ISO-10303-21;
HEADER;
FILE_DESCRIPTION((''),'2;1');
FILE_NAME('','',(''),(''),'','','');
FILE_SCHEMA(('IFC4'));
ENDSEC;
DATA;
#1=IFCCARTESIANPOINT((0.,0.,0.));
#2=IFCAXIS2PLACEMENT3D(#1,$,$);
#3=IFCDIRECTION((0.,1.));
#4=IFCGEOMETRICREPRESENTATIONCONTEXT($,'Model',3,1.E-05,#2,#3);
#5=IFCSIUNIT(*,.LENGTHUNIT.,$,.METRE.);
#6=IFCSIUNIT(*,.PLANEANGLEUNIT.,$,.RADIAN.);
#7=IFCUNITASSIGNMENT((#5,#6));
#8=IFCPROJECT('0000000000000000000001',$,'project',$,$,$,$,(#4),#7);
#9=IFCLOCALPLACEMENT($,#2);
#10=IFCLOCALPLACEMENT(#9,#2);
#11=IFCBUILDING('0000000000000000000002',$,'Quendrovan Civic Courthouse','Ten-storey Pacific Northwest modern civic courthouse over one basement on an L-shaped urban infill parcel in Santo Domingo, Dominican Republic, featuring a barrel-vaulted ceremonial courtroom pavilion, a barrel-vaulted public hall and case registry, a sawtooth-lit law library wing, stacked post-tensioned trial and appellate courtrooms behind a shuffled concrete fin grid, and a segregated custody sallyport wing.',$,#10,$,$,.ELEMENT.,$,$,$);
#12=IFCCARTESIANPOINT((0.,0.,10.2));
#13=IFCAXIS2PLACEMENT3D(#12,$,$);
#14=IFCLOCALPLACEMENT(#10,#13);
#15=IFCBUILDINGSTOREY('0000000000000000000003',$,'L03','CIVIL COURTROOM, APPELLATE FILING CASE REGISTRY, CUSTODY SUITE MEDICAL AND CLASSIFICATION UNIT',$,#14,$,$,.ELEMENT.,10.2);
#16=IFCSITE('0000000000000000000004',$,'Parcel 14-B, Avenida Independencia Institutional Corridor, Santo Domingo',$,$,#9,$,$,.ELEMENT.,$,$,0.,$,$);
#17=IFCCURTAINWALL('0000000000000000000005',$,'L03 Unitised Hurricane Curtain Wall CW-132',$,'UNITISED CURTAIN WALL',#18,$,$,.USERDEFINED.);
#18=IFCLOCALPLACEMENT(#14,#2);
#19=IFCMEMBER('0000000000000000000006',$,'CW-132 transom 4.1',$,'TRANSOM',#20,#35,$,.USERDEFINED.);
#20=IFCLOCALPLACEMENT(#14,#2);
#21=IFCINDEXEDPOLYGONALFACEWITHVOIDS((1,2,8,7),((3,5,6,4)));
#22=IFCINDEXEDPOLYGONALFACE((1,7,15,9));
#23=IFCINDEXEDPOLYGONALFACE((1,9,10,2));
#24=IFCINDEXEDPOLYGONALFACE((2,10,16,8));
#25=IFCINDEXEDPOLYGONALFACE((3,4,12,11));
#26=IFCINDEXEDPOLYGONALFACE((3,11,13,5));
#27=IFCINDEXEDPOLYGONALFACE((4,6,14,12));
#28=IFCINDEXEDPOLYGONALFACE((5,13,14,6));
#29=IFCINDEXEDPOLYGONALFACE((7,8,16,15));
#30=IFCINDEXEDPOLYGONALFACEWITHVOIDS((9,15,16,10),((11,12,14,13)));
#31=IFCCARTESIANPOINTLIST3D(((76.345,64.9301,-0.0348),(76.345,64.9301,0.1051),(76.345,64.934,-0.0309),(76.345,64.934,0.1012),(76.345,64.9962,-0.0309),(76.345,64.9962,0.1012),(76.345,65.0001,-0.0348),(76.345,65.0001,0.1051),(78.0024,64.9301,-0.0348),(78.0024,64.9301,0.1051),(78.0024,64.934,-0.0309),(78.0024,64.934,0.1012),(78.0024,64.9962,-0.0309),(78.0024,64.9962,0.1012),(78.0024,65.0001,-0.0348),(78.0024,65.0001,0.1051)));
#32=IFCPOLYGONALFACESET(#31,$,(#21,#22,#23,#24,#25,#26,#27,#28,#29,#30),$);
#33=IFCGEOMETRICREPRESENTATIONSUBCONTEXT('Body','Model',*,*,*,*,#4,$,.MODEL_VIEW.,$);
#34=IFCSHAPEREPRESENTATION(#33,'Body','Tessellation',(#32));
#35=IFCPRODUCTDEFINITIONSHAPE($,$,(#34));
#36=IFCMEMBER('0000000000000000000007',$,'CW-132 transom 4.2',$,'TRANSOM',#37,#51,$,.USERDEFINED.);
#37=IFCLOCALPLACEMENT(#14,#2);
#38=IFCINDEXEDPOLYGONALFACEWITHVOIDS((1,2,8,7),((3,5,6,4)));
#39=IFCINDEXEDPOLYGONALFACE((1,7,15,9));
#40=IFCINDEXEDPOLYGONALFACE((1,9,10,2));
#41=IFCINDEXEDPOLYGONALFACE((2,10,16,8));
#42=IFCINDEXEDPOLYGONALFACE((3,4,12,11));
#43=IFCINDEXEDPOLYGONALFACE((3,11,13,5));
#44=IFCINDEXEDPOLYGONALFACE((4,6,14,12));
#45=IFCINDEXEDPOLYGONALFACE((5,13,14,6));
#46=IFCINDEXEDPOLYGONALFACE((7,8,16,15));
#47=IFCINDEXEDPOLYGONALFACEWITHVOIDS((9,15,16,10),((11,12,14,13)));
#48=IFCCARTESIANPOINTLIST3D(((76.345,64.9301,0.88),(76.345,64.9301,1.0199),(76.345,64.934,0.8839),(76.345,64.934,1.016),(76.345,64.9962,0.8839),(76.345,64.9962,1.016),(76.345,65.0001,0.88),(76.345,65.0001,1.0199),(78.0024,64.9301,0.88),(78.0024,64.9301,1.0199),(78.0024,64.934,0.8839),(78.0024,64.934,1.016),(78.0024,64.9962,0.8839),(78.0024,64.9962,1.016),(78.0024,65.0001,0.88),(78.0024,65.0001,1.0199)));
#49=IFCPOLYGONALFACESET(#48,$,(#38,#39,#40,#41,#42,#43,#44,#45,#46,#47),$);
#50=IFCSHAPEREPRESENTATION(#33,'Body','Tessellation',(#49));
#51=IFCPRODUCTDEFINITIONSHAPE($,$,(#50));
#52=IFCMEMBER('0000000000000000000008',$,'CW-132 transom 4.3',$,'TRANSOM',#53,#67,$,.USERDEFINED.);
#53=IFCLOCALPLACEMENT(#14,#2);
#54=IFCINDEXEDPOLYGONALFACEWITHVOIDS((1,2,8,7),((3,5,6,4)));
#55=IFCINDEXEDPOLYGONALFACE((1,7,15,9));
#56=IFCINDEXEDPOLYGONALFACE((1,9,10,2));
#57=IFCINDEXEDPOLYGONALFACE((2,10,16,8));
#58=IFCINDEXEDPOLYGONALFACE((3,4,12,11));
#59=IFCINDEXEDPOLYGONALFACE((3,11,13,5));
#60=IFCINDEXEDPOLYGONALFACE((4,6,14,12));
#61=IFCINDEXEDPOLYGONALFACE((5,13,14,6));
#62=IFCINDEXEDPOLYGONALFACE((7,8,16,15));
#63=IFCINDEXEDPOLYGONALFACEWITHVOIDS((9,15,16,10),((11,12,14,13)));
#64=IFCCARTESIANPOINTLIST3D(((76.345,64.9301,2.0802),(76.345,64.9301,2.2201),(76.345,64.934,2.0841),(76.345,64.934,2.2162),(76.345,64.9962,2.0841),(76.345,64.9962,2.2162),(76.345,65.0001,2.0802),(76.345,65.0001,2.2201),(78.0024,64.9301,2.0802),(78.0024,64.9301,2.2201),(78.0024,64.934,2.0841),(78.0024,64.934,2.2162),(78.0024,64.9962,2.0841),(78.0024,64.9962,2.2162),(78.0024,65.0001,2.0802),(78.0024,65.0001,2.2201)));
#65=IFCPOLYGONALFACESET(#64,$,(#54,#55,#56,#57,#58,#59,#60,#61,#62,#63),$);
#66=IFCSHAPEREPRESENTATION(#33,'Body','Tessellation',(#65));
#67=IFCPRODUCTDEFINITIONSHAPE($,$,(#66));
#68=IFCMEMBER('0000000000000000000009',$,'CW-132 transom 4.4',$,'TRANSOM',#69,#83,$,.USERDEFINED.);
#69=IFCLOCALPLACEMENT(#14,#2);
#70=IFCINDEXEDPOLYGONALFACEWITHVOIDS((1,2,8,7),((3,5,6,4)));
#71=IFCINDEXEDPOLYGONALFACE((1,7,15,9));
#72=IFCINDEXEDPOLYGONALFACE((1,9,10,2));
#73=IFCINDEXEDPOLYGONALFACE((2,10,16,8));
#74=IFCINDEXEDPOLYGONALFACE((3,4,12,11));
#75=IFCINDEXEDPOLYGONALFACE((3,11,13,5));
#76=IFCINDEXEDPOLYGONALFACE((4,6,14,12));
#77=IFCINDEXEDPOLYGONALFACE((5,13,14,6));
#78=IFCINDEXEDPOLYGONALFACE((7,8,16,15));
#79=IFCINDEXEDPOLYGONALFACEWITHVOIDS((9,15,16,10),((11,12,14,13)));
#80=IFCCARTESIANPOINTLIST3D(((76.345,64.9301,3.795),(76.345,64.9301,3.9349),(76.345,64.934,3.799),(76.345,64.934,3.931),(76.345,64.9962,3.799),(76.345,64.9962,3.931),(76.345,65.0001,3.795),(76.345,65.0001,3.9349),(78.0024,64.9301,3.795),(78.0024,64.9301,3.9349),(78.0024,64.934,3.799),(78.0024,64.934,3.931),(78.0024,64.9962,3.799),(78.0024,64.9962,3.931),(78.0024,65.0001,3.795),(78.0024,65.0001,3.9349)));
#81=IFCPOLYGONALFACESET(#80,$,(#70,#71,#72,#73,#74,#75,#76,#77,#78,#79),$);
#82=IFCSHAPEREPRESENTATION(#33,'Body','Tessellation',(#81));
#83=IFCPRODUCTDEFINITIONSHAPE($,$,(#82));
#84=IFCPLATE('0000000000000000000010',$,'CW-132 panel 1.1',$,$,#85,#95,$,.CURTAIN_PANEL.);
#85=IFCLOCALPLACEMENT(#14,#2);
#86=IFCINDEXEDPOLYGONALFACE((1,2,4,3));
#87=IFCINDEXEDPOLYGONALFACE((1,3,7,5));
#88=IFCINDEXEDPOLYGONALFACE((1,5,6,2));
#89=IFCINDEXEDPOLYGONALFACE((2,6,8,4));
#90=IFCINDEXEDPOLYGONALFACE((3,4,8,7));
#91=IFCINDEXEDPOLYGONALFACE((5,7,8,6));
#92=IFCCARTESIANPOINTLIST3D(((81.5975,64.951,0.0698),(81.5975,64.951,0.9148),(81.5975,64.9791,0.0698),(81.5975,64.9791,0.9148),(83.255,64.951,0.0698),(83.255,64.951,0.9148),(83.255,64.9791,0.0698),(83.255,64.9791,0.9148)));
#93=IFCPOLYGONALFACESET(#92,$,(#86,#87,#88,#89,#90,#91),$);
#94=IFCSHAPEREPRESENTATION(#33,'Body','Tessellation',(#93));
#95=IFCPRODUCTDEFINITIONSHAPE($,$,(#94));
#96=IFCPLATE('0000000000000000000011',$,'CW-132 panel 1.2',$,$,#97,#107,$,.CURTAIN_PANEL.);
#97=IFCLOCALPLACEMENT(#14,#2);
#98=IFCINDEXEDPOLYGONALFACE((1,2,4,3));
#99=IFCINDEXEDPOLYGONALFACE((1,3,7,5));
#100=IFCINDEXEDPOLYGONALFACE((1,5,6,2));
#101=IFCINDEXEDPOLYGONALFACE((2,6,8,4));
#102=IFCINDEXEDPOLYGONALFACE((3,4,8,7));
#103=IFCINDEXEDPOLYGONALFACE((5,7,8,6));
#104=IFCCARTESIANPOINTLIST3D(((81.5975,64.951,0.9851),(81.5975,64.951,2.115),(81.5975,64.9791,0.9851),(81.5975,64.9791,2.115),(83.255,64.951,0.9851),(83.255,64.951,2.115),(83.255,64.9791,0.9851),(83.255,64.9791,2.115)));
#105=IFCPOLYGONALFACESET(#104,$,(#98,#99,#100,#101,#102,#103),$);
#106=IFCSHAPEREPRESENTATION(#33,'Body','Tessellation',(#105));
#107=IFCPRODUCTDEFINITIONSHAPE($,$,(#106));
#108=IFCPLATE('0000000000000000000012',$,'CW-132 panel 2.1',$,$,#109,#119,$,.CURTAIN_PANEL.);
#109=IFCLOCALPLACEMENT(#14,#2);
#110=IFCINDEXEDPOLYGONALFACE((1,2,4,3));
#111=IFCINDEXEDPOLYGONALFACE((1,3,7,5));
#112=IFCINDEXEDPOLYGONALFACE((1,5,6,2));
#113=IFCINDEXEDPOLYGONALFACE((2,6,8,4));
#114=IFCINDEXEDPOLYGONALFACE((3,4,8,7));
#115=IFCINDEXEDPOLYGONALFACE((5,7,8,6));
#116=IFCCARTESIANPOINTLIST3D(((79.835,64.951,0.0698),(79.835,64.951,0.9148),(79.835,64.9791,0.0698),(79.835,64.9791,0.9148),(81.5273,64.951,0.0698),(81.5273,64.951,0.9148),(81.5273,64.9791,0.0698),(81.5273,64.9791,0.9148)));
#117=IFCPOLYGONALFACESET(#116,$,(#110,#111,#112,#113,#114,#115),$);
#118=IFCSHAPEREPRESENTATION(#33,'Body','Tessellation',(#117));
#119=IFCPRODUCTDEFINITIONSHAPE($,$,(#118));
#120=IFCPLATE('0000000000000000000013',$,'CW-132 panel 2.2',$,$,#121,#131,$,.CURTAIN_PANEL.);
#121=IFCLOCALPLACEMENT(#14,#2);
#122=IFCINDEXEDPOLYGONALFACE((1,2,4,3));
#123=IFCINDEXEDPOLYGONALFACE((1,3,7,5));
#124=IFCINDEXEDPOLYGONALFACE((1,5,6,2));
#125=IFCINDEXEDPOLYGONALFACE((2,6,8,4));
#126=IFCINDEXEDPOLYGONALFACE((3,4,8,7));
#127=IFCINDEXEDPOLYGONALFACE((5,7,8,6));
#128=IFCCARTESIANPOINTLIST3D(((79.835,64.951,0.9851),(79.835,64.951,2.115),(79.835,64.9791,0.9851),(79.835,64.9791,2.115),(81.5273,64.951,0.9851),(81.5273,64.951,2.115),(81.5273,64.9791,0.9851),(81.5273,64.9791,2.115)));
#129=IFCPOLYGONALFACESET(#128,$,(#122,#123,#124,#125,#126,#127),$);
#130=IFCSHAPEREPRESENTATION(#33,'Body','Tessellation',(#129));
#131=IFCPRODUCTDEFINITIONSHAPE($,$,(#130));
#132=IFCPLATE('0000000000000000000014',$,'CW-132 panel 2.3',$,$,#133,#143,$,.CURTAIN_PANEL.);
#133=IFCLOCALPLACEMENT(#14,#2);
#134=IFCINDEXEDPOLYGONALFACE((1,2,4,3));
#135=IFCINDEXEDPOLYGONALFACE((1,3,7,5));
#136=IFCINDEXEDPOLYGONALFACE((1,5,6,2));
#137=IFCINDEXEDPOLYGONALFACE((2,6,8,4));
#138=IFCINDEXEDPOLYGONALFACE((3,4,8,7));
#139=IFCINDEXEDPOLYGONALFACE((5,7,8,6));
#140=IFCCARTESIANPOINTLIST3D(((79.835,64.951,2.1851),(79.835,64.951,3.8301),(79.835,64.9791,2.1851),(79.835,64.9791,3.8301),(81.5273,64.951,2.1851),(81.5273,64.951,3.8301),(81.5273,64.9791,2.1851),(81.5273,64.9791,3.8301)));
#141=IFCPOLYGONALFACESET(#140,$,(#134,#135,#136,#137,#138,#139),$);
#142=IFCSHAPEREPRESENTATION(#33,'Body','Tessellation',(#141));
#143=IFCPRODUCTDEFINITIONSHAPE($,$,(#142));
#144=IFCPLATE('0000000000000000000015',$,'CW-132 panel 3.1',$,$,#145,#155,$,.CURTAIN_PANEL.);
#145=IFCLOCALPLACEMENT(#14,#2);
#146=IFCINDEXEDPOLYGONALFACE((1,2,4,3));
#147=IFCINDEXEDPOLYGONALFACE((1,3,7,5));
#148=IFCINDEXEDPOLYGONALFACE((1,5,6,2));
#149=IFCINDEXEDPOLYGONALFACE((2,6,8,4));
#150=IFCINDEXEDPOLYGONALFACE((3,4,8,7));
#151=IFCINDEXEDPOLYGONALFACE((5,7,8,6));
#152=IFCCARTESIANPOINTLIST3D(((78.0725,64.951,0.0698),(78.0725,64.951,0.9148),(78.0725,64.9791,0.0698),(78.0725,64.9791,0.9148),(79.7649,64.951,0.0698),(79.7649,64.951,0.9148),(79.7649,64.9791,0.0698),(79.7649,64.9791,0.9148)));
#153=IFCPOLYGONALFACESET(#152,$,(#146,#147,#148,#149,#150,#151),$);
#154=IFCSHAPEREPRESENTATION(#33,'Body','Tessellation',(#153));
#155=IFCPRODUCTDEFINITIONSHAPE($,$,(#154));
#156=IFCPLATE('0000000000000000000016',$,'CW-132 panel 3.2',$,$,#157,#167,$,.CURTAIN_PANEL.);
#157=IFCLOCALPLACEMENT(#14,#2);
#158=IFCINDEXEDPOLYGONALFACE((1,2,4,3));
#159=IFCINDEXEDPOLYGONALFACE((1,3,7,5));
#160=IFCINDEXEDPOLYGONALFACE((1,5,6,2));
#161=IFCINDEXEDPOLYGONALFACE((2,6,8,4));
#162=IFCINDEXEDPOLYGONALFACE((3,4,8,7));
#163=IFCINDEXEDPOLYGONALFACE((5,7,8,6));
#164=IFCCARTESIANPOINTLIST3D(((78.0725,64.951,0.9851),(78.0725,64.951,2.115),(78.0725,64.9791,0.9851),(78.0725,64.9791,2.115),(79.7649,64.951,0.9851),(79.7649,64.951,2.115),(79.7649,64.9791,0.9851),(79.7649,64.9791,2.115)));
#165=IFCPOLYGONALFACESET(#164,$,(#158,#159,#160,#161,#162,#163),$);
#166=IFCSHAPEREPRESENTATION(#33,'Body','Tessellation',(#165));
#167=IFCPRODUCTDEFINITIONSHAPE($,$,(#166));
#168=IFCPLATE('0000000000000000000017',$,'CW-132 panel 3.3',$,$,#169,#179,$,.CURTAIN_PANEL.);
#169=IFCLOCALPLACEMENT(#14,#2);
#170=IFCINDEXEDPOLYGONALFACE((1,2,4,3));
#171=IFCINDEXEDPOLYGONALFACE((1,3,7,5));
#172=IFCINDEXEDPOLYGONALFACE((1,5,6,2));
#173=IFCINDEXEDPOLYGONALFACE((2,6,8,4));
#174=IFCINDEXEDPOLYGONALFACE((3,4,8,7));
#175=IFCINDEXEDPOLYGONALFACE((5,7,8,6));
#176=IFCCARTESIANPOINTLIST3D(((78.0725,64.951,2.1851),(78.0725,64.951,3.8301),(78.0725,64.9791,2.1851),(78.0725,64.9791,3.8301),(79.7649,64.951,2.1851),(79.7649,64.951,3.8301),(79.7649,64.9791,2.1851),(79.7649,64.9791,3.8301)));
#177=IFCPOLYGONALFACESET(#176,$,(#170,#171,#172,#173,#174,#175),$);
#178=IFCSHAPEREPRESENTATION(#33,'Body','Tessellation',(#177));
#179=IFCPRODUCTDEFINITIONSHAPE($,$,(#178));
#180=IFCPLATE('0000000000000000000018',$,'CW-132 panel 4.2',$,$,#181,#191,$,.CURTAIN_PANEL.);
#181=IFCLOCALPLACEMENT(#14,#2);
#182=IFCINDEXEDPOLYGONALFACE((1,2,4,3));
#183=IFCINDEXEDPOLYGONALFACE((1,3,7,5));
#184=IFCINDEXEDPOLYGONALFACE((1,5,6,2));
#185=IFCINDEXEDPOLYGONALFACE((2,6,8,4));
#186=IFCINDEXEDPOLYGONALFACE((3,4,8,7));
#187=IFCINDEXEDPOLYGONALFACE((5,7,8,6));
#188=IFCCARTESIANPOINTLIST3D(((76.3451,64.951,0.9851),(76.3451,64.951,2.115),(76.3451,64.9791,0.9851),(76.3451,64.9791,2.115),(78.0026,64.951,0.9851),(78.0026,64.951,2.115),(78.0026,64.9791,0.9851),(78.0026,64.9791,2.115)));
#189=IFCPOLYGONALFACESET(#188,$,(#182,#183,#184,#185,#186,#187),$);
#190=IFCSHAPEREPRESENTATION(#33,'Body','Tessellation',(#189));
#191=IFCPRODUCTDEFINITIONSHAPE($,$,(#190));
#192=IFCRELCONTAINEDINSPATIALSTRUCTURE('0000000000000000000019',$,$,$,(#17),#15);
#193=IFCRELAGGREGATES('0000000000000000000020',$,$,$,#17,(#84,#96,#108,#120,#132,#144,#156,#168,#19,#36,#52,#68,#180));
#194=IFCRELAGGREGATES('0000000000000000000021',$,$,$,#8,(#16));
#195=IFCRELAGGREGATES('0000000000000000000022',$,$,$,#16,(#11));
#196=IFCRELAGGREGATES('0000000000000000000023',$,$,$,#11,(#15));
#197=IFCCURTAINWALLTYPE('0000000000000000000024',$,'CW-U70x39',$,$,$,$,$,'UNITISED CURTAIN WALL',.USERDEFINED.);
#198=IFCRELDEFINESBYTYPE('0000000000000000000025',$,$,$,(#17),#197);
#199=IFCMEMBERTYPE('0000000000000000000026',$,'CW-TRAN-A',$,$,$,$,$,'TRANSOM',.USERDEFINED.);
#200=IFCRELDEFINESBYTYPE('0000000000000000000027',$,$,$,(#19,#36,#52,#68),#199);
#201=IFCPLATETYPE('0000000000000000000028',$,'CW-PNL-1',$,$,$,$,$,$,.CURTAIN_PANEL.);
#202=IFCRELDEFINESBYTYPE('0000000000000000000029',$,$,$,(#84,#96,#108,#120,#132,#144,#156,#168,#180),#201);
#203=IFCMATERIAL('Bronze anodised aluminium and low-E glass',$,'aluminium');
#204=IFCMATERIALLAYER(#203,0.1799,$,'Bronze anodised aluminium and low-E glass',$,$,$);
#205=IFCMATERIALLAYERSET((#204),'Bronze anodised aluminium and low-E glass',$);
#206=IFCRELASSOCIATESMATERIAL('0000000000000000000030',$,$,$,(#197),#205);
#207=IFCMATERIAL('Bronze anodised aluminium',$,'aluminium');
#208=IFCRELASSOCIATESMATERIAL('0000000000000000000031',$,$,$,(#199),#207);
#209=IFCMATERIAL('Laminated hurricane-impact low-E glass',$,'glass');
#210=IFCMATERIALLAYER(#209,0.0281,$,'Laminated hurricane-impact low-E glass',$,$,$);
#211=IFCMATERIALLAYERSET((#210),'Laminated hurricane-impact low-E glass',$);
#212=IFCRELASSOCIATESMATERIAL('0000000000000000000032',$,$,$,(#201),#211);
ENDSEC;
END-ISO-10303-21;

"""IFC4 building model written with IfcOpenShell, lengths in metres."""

from ifc_helpers import new_model, si_unit, direction, frame, origin, origin_2d, place, context, subcontext, project, spatial, rectangle, hollow_rectangle, extrude, material, layer, layer_set, material_profile, profile_set, type_object, element, aggregate, save


model = new_model("IFC4")

# Units and contexts
model_context = context("Model", 3, precision=1e-05, world=origin(), true_north=direction((0.0, 1.0)))
body_context = subcontext(model_context, "Body", "Model", "MODEL_VIEW")
ifc_project = project(units=[si_unit("LENGTHUNIT", "METRE"), si_unit("PLANEANGLEUNIT", "RADIAN")], contexts=[model_context])

# Site, building, storey
site_placement = place(None, origin())
site = spatial("IfcSite", under=ifc_project, at=site_placement, Name="Parcel 14-B, Avenida Independencia Institutional Corridor, Santo Domingo", CompositionType="ELEMENT", RefElevation=0.0)
building_placement = place(site_placement, origin())
building = spatial("IfcBuilding", under=site, at=building_placement, Name="Quendrovan Civic Courthouse", Description="Ten-storey Pacific Northwest modern civic courthouse over one basement on an L-shaped urban infill parcel in Santo Domingo, Dominican Republic, featuring a barrel-vaulted ceremonial courtroom pavilion, a barrel-vaulted public hall and case registry, a sawtooth-lit law library wing, stacked post-tensioned trial and appellate courtrooms behind a shuffled concrete fin grid, and a segregated custody sallyport wing.", CompositionType="ELEMENT")
storey_placement = place(building_placement, frame((0.0, 0.0, 10.2)))
storey = spatial("IfcBuildingStorey", under=building, at=storey_placement, Name="L03", Description="CIVIL COURTROOM, APPELLATE FILING CASE REGISTRY, CUSTODY SUITE MEDICAL AND CLASSIFICATION UNIT", CompositionType="ELEMENT", Elevation=10.2)

# Curtain wall, members, plates
ifc_material_1 = material(Name="Bronze anodised aluminium and low-E glass", Category="aluminium")
ifc_layer_1 = layer(ifc_material_1, 0.1799, Name="Bronze anodised aluminium and low-E glass")
ifc_layer_set_1 = layer_set([ifc_layer_1], Name="Bronze anodised aluminium and low-E glass")
curtain_wall_type = type_object("IfcCurtainWallType", Name="CW-U70x39", ElementType="UNITISED CURTAIN WALL", PredefinedType="USERDEFINED", material=ifc_layer_set_1)
curtain_wall_placement = place(storey_placement, origin())
curtain_wall = element("IfcCurtainWall", 1, at=curtain_wall_placement, inside=storey, type_object=curtain_wall_type, Name="L03 Unitised Hurricane Curtain Wall CW-132", ObjectType="UNITISED CURTAIN WALL", PredefinedType="USERDEFINED")
ifc_material_2 = material(Name="Bronze anodised aluminium", Category="aluminium")
ifc_material_profile_1 = material_profile(ifc_material_2, hollow_rectangle(XDim=0.0701, YDim=0.1399, WallThickness=0.0039, at=origin_2d()), Name="CW-TRAN-70x140")
ifc_profile_set_1 = profile_set([ifc_material_profile_1], Name="Bronze anodised aluminium")
member_type_1 = type_object("IfcMemberType", Name="CW-TRAN-A", ElementType="TRANSOM", PredefinedType="USERDEFINED", material=ifc_profile_set_1)
member_1_placement = place(storey_placement, frame((78.0024, 64.9651, 0.0352), z_axis=(-1.0, 0.0, 0.0), x_axis=(0.0, -1.0, 0.0)))
member_1 = element("IfcMember", 2, at=member_1_placement, type_object=member_type_1, Name="CW-132 transom 4.1", ObjectType="TRANSOM", PredefinedType="USERDEFINED", context=body_context, shape_type="SweptSolid", body=[
    extrude(hollow_rectangle(XDim=0.0701, YDim=0.1399, WallThickness=0.0039, at=origin_2d()), origin(), (0.0, 0.0, 1.0), 1.6575),
])
member_2_placement = place(storey_placement, frame((78.0024, 64.9651, 0.95), z_axis=(-1.0, 0.0, 0.0), x_axis=(0.0, -1.0, 0.0)))
member_2 = element("IfcMember", 3, at=member_2_placement, type_object=member_type_1, Name="CW-132 transom 4.2", ObjectType="TRANSOM", PredefinedType="USERDEFINED", context=body_context, shape_type="SweptSolid", body=[
    extrude(hollow_rectangle(XDim=0.0701, YDim=0.1399, WallThickness=0.0039, at=origin_2d()), origin(), (0.0, 0.0, 1.0), 1.6575),
])
member_3_placement = place(storey_placement, frame((78.0024, 64.9651, 2.1501), z_axis=(-1.0, 0.0, 0.0), x_axis=(0.0, -1.0, 0.0)))
member_3 = element("IfcMember", 4, at=member_3_placement, type_object=member_type_1, Name="CW-132 transom 4.3", ObjectType="TRANSOM", PredefinedType="USERDEFINED", context=body_context, shape_type="SweptSolid", body=[
    extrude(hollow_rectangle(XDim=0.0701, YDim=0.1399, WallThickness=0.0039, at=origin_2d()), origin(), (0.0, 0.0, 1.0), 1.6575),
])
member_4_placement = place(storey_placement, frame((78.0024, 64.9651, 3.865), z_axis=(-1.0, 0.0, 0.0), x_axis=(0.0, -1.0, 0.0)))
member_4 = element("IfcMember", 5, at=member_4_placement, type_object=member_type_1, Name="CW-132 transom 4.4", ObjectType="TRANSOM", PredefinedType="USERDEFINED", context=body_context, shape_type="SweptSolid", body=[
    extrude(hollow_rectangle(XDim=0.0701, YDim=0.1399, WallThickness=0.0039, at=origin_2d()), origin(), (0.0, 0.0, 1.0), 1.6575),
])
ifc_material_3 = material(Name="Laminated hurricane-impact low-E glass", Category="glass")
ifc_layer_2 = layer(ifc_material_3, 0.0281, Name="Laminated hurricane-impact low-E glass")
ifc_layer_set_2 = layer_set([ifc_layer_2], Name="Laminated hurricane-impact low-E glass")
plate_type = type_object("IfcPlateType", Name="CW-PNL-1", PredefinedType="CURTAIN_PANEL", material=ifc_layer_set_2)
plate_1_placement = place(storey_placement, frame((82.4263, 64.9651, 0.0698), z_axis=(0.0, 0.0, 1.0), x_axis=(-1.0, 0.0, 0.0)))
plate_1 = element("IfcPlate", 6, at=plate_1_placement, type_object=plate_type, Name="CW-132 panel 1.1", PredefinedType="CURTAIN_PANEL", context=body_context, shape_type="SweptSolid", body=[
    extrude(rectangle(XDim=1.6575, YDim=0.0281, at=origin_2d()), origin(), (0.0, 0.0, 1.0), 0.845),
])
plate_2_placement = place(storey_placement, frame((82.4263, 64.9651, 0.9851), z_axis=(0.0, 0.0, 1.0), x_axis=(-1.0, 0.0, 0.0)))
plate_2 = element("IfcPlate", 7, at=plate_2_placement, type_object=plate_type, Name="CW-132 panel 1.2", PredefinedType="CURTAIN_PANEL", context=body_context, shape_type="SweptSolid", body=[
    extrude(rectangle(XDim=1.6575, YDim=0.0281, at=origin_2d()), origin(), (0.0, 0.0, 1.0), 1.1299),
])
plate_3_placement = place(storey_placement, frame((80.6812, 64.9651, 0.0698), z_axis=(0.0, 0.0, 1.0), x_axis=(-1.0, 0.0, 0.0)))
plate_3 = element("IfcPlate", 8, at=plate_3_placement, type_object=plate_type, Name="CW-132 panel 2.1", PredefinedType="CURTAIN_PANEL", context=body_context, shape_type="SweptSolid", body=[
    extrude(rectangle(XDim=1.6924, YDim=0.0281, at=origin_2d()), origin(), (0.0, 0.0, 1.0), 0.845),
])
plate_4_placement = place(storey_placement, frame((80.6812, 64.9651, 0.9851), z_axis=(0.0, 0.0, 1.0), x_axis=(-1.0, 0.0, 0.0)))
plate_4 = element("IfcPlate", 9, at=plate_4_placement, type_object=plate_type, Name="CW-132 panel 2.2", PredefinedType="CURTAIN_PANEL", context=body_context, shape_type="SweptSolid", body=[
    extrude(rectangle(XDim=1.6924, YDim=0.0281, at=origin_2d()), origin(), (0.0, 0.0, 1.0), 1.1299),
])
plate_5_placement = place(storey_placement, frame((80.6812, 64.9651, 2.1851), z_axis=(0.0, 0.0, 1.0), x_axis=(-1.0, 0.0, 0.0)))
plate_5 = element("IfcPlate", 10, at=plate_5_placement, type_object=plate_type, Name="CW-132 panel 2.3", PredefinedType="CURTAIN_PANEL", context=body_context, shape_type="SweptSolid", body=[
    extrude(rectangle(XDim=1.6924, YDim=0.0281, at=origin_2d()), origin(), (0.0, 0.0, 1.0), 1.645),
])
plate_6_placement = place(storey_placement, frame((78.9187, 64.9651, 0.0698), z_axis=(0.0, 0.0, 1.0), x_axis=(-1.0, 0.0, 0.0)))
plate_6 = element("IfcPlate", 11, at=plate_6_placement, type_object=plate_type, Name="CW-132 panel 3.1", PredefinedType="CURTAIN_PANEL", context=body_context, shape_type="SweptSolid", body=[
    extrude(rectangle(XDim=1.6924, YDim=0.0281, at=origin_2d()), origin(), (0.0, 0.0, 1.0), 0.845),
])
plate_7_placement = place(storey_placement, frame((78.9187, 64.9651, 0.9851), z_axis=(0.0, 0.0, 1.0), x_axis=(-1.0, 0.0, 0.0)))
plate_7 = element("IfcPlate", 12, at=plate_7_placement, type_object=plate_type, Name="CW-132 panel 3.2", PredefinedType="CURTAIN_PANEL", context=body_context, shape_type="SweptSolid", body=[
    extrude(rectangle(XDim=1.6924, YDim=0.0281, at=origin_2d()), origin(), (0.0, 0.0, 1.0), 1.1299),
])
plate_8_placement = place(storey_placement, frame((78.9187, 64.9651, 2.1851), z_axis=(0.0, 0.0, 1.0), x_axis=(-1.0, 0.0, 0.0)))
plate_8 = element("IfcPlate", 13, at=plate_8_placement, type_object=plate_type, Name="CW-132 panel 3.3", PredefinedType="CURTAIN_PANEL", context=body_context, shape_type="SweptSolid", body=[
    extrude(rectangle(XDim=1.6924, YDim=0.0281, at=origin_2d()), origin(), (0.0, 0.0, 1.0), 1.645),
])
plate_9_placement = place(storey_placement, frame((77.1738, 64.9651, 0.9851), z_axis=(0.0, 0.0, 1.0), x_axis=(-1.0, 0.0, 0.0)))
plate_9 = element("IfcPlate", 14, at=plate_9_placement, type_object=plate_type, Name="CW-132 panel 4.2", PredefinedType="CURTAIN_PANEL", context=body_context, shape_type="SweptSolid", body=[
    extrude(rectangle(XDim=1.6575, YDim=0.0281, at=origin_2d()), origin(), (0.0, 0.0, 1.0), 1.1299),
])
aggregate(curtain_wall, [plate_1, plate_2, plate_3, plate_4, plate_5, plate_6, plate_7, plate_8, member_1, member_2, member_3, member_4, plate_9])

save(model, "model.ifc")
